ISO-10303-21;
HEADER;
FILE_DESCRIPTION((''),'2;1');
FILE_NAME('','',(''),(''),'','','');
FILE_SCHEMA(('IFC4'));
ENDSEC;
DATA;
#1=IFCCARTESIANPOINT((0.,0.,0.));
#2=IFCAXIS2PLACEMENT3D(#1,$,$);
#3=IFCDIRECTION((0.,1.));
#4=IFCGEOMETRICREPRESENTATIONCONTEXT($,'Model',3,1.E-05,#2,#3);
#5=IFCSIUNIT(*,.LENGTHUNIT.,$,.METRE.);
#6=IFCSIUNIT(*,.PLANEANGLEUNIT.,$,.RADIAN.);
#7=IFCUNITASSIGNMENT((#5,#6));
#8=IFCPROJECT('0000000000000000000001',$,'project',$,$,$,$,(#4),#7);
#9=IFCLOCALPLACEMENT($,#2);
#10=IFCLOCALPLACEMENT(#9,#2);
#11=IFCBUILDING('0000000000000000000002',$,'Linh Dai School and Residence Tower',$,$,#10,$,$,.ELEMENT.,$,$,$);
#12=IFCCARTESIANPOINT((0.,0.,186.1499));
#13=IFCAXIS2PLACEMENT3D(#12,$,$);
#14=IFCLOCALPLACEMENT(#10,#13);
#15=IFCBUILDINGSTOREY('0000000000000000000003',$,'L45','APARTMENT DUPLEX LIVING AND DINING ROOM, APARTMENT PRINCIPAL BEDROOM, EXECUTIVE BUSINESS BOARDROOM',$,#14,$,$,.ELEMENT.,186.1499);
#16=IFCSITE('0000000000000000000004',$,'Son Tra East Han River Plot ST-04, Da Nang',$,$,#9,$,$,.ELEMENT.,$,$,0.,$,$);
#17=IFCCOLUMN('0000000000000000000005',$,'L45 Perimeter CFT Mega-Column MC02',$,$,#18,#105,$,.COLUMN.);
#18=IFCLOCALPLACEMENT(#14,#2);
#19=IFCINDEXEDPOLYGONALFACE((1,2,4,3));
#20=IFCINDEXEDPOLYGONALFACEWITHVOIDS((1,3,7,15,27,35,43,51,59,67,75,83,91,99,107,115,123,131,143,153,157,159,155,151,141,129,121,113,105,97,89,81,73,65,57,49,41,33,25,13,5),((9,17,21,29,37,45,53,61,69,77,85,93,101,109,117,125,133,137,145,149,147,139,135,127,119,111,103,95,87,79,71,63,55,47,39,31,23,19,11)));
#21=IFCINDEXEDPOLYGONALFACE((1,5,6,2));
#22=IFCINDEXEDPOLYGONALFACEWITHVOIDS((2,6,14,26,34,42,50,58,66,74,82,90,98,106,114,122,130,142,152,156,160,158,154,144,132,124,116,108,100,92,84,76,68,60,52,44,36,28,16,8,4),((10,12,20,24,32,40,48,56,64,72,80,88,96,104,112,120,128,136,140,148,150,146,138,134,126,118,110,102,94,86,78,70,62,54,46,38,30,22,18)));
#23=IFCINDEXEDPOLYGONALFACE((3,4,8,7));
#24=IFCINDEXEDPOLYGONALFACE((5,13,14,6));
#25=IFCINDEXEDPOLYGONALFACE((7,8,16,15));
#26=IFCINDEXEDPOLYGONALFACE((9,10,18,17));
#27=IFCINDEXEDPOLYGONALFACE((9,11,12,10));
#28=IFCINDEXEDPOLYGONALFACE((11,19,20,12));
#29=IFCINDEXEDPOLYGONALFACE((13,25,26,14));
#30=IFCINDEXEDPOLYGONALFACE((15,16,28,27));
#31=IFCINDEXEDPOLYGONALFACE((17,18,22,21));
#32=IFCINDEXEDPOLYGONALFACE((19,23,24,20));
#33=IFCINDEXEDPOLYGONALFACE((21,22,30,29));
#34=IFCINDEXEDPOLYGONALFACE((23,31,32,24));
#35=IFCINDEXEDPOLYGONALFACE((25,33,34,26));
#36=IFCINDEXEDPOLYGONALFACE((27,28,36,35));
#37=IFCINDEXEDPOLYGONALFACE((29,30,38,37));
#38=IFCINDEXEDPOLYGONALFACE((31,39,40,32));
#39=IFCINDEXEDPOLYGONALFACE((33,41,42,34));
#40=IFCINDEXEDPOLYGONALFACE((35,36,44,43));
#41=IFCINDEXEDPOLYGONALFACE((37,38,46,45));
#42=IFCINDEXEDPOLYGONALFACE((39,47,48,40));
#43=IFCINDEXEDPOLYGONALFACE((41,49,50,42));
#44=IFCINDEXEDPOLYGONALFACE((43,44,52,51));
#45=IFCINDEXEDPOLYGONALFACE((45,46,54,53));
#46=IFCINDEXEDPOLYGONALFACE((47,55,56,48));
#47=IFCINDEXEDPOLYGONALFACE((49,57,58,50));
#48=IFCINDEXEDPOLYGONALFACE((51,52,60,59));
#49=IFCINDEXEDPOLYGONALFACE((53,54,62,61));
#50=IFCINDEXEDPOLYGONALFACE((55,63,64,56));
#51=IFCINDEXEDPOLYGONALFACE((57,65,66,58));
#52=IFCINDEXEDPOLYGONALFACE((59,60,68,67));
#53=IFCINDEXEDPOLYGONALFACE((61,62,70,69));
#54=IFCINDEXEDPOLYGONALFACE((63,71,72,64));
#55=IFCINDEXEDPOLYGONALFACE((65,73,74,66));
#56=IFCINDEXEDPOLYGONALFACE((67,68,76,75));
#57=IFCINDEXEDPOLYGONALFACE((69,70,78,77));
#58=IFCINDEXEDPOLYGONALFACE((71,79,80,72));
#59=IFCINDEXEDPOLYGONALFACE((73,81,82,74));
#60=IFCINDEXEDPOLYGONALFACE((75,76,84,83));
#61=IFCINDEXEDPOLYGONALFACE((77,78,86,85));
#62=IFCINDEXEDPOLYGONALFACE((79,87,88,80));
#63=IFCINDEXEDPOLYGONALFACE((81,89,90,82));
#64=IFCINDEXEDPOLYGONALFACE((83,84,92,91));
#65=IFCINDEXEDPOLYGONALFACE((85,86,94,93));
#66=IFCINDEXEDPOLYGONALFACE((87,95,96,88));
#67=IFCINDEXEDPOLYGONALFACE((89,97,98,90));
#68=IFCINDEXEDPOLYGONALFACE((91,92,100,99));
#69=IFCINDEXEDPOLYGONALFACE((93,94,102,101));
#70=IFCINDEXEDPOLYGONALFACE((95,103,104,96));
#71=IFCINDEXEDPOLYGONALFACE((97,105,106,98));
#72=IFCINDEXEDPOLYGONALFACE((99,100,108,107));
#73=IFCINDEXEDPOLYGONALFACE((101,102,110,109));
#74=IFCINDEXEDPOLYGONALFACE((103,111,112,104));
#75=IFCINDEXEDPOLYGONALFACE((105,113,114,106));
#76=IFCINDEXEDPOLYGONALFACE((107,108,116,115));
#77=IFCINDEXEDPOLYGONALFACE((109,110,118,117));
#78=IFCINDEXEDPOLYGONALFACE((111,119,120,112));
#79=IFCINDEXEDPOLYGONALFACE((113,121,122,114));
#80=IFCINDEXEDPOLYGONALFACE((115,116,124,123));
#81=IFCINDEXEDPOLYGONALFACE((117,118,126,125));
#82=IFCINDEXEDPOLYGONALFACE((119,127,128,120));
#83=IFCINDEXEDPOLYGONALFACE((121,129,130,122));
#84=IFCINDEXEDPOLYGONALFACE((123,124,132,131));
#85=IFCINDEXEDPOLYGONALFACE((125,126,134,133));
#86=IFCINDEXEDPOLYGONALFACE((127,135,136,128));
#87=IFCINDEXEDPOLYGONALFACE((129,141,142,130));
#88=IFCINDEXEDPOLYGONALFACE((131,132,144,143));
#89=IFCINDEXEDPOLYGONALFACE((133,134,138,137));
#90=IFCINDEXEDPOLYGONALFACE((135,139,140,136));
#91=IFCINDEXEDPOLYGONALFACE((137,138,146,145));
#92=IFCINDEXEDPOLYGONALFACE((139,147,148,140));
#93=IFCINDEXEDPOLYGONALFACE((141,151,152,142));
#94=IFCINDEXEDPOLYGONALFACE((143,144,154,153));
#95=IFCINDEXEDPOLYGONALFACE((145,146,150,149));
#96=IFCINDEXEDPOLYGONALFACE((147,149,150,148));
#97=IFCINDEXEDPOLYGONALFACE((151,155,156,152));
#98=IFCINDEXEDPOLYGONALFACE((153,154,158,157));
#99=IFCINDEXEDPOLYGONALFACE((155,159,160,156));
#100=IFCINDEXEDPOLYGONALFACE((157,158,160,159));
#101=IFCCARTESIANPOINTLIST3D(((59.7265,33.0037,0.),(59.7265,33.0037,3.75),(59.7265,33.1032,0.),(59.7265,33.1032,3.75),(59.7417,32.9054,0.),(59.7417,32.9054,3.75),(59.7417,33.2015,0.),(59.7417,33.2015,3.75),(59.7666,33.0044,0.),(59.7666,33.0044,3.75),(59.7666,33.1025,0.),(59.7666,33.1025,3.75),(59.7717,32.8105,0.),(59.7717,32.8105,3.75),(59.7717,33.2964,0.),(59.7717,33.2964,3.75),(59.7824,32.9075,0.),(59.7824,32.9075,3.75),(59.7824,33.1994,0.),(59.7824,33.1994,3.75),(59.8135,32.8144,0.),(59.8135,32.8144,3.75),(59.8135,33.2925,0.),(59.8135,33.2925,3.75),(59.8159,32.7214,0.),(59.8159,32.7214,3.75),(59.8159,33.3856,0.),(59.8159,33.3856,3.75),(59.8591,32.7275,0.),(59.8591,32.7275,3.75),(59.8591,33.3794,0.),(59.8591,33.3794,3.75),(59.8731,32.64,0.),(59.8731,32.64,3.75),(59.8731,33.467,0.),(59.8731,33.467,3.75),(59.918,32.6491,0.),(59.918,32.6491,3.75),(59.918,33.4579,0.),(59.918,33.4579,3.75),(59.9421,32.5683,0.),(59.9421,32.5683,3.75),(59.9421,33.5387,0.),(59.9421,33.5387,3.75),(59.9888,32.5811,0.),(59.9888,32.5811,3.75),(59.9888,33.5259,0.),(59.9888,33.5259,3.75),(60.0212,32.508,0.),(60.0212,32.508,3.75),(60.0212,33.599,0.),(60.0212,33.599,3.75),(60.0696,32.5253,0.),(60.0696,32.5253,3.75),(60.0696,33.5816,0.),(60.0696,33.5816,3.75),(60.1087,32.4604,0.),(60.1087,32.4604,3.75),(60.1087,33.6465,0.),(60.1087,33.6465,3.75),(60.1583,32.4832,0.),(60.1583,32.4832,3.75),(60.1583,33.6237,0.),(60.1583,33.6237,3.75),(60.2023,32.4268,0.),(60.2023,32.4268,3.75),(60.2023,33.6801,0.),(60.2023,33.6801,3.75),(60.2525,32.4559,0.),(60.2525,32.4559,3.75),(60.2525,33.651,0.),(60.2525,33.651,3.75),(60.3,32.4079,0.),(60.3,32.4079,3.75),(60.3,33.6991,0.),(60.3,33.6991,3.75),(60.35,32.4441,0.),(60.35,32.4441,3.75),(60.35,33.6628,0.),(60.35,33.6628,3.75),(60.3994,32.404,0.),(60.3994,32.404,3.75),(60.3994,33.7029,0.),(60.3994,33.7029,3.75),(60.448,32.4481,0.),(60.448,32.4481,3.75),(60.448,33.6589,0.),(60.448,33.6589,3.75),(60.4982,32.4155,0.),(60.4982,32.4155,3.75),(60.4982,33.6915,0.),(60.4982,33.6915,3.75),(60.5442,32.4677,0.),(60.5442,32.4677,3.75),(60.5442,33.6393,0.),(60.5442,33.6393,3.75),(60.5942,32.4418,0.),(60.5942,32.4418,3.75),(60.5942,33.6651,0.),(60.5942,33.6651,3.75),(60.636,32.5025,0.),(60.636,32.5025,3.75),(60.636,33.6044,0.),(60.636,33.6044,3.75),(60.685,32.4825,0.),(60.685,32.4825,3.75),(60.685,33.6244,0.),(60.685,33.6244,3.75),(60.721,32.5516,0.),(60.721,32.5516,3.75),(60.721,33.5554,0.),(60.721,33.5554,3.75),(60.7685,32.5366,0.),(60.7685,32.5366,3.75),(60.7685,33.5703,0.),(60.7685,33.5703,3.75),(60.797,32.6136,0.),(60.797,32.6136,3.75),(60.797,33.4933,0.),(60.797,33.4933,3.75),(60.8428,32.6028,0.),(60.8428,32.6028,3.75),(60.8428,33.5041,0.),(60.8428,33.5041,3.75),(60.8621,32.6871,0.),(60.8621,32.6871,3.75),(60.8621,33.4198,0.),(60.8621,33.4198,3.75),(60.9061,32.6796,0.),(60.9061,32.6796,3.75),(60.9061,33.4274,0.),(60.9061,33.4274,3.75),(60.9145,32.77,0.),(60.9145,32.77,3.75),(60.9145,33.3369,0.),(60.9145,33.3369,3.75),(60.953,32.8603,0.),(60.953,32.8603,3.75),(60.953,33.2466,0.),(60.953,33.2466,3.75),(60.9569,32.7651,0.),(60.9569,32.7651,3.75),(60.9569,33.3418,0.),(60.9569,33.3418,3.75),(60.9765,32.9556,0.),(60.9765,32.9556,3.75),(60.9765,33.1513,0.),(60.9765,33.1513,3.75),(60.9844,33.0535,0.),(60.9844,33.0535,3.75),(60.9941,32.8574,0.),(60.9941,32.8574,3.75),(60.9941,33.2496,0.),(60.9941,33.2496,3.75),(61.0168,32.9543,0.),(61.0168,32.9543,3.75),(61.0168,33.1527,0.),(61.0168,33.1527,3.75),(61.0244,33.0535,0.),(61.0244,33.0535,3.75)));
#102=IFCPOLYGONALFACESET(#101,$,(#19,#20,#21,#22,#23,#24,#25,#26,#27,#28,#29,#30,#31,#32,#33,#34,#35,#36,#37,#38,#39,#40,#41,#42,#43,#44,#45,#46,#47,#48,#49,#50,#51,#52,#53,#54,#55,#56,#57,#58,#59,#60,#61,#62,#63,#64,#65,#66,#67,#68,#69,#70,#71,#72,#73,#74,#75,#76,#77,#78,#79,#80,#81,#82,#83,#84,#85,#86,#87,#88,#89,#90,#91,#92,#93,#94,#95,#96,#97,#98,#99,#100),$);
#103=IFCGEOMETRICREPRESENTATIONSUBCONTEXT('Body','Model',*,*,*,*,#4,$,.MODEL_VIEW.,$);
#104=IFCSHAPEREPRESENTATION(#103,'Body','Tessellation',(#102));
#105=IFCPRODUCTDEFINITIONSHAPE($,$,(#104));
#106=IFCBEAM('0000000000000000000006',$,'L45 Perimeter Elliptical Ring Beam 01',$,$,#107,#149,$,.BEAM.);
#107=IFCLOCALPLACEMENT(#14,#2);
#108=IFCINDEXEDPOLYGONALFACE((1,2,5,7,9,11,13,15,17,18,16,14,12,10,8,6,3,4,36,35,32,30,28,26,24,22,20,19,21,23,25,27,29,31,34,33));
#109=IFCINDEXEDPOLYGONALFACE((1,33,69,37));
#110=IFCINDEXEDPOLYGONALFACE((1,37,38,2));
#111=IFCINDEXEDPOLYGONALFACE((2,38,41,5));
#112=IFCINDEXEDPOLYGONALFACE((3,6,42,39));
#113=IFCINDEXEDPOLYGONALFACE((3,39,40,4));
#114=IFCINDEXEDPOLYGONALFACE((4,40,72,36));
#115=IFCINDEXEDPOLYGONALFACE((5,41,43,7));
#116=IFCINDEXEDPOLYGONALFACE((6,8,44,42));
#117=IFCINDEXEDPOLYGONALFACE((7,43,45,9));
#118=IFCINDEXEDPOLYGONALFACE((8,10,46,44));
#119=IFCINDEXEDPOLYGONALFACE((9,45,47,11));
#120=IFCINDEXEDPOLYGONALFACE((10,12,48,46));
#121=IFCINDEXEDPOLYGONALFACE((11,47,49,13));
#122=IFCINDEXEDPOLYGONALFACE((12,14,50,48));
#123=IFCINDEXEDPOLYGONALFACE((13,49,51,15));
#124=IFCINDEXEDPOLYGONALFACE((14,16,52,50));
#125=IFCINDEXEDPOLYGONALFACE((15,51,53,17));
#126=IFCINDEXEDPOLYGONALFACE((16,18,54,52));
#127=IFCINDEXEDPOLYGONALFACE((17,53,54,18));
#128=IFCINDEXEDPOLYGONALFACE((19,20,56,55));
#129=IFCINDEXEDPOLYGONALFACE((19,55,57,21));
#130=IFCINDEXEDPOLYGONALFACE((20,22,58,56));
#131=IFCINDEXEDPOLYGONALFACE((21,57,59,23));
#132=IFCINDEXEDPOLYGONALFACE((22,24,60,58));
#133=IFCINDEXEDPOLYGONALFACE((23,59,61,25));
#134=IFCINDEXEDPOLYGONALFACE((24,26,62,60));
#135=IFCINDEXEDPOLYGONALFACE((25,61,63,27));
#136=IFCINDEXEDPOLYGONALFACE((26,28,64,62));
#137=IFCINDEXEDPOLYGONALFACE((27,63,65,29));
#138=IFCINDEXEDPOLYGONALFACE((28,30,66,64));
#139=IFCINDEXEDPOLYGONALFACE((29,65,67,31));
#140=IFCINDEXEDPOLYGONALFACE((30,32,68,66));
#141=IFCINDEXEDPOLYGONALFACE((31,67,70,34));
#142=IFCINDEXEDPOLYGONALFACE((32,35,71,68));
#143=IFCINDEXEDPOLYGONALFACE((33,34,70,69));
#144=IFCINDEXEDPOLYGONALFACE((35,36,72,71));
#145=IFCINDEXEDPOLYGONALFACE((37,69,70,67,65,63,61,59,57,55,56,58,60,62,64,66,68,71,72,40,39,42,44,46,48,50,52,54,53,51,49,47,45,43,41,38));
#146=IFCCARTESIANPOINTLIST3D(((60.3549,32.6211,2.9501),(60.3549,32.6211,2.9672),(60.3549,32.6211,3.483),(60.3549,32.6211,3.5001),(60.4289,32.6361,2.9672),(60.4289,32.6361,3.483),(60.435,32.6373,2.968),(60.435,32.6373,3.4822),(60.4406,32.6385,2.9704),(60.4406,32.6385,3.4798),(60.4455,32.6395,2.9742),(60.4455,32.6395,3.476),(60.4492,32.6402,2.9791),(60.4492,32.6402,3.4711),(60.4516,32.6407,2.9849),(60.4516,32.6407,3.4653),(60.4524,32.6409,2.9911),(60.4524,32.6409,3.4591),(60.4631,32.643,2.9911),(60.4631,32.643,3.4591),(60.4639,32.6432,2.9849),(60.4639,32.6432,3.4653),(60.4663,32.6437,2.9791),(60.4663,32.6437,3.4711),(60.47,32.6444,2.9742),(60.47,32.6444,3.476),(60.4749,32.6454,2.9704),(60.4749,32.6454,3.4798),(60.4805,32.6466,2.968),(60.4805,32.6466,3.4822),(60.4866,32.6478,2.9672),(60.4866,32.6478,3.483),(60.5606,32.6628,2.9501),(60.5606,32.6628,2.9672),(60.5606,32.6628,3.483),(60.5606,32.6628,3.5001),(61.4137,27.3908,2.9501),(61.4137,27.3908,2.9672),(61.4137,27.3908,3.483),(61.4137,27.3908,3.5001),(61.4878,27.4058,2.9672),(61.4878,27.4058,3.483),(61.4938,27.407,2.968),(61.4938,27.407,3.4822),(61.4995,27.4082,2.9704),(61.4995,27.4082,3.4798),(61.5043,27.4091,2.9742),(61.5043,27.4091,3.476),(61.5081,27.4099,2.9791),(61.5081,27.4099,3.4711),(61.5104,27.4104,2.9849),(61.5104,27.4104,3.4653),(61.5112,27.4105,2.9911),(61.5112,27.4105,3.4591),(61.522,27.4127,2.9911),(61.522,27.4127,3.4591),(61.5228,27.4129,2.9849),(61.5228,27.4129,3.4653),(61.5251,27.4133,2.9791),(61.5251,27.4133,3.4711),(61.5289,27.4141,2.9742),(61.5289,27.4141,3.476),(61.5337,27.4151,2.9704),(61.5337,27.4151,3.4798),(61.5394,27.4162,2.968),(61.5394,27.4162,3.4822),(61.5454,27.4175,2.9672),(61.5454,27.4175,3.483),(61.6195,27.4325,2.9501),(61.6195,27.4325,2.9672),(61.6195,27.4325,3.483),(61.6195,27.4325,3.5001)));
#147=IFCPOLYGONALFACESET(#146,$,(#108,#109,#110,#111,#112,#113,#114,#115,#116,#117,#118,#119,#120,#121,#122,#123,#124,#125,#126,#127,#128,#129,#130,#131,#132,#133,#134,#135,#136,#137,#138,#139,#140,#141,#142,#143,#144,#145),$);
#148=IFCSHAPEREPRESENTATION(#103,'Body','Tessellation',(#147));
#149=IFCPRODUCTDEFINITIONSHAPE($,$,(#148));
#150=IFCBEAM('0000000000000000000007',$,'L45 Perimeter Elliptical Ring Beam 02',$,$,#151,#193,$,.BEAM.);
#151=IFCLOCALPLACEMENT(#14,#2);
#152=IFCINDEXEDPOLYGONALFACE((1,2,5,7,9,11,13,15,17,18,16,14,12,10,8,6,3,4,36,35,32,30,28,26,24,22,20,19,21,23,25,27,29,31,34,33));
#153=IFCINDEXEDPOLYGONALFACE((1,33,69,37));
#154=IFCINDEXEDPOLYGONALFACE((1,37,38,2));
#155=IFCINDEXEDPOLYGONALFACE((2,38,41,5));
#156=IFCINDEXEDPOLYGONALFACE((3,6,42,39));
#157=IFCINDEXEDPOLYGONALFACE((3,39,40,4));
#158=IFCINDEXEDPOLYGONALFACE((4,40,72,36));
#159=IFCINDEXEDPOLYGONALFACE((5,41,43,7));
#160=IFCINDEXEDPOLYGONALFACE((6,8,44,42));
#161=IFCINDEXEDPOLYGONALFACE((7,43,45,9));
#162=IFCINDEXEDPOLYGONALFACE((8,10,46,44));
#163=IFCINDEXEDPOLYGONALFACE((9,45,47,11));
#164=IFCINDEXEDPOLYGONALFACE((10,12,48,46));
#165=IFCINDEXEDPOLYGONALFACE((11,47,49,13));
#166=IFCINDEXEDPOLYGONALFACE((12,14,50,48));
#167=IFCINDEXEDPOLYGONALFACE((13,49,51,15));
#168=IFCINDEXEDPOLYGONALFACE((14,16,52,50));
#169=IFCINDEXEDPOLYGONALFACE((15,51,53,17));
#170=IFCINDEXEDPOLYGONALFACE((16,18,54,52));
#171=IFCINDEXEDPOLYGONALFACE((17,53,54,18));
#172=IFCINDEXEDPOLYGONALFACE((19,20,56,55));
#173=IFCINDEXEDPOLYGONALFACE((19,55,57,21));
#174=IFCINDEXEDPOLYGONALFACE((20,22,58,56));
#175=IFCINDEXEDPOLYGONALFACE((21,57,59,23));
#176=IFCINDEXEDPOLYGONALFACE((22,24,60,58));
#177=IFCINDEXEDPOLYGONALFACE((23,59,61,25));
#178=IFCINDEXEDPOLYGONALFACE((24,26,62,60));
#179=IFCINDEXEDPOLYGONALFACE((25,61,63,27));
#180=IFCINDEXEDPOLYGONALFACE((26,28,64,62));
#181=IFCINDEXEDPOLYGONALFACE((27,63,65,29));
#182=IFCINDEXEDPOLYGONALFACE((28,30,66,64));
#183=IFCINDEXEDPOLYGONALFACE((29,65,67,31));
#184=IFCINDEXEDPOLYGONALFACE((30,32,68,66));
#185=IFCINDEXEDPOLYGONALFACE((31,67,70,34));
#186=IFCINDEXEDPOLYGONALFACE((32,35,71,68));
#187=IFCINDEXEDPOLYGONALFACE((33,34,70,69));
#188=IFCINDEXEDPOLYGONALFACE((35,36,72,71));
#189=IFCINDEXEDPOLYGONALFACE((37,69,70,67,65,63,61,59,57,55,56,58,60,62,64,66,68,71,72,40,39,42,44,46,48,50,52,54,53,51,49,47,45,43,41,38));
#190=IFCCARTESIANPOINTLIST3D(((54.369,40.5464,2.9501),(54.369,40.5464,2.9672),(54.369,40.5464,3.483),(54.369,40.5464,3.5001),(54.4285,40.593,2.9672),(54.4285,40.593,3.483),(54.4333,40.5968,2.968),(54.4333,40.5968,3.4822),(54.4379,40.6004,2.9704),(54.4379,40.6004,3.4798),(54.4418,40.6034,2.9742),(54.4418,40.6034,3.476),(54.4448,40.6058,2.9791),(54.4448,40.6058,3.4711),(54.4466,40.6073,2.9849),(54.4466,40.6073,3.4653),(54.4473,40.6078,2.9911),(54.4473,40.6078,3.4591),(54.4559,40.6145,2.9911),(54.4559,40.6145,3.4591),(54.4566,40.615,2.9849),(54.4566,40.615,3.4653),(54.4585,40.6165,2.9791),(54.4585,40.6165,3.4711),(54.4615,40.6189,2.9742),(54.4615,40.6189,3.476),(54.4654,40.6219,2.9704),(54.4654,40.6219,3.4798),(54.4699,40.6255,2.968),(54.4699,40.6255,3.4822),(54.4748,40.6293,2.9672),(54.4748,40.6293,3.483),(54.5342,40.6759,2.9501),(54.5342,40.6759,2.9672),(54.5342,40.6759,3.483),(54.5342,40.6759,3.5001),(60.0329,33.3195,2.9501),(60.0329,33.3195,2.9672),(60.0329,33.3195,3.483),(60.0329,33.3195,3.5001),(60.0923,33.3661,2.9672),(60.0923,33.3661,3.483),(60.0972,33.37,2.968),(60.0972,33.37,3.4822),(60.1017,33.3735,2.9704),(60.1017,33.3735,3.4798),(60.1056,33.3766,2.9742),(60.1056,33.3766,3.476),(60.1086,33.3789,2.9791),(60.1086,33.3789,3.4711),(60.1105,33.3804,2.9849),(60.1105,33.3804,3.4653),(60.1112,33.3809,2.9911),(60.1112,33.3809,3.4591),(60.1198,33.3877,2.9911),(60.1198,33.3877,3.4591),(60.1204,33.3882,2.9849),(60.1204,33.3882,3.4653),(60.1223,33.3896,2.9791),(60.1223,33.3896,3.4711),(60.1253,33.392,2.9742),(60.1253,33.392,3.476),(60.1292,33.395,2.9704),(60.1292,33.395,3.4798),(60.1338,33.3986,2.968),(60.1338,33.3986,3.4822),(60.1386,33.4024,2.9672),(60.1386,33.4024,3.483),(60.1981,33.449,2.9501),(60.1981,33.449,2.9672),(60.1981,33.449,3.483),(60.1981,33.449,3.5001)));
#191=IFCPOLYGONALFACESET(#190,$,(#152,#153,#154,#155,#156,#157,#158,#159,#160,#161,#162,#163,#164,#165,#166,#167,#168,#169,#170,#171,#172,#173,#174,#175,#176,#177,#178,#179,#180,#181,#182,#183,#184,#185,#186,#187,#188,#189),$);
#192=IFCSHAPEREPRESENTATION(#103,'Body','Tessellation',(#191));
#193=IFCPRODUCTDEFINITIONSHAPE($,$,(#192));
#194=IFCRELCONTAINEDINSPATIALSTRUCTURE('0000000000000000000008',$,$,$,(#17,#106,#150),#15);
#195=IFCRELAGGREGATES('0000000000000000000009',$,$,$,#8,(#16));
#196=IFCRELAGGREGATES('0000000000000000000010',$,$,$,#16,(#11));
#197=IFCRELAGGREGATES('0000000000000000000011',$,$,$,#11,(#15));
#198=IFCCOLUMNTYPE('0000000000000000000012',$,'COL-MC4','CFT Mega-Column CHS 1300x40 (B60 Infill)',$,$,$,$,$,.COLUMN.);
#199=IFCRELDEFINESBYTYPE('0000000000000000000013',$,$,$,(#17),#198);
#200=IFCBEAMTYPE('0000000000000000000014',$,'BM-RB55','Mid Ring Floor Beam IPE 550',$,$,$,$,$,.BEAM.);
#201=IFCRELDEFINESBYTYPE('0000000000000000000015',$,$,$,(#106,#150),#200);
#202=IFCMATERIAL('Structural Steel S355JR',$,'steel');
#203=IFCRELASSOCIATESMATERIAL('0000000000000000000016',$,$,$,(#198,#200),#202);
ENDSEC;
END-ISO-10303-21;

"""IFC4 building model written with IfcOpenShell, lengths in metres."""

from ifc_helpers import new_model, si_unit, direction, frame, origin, origin_2d, place, context, subcontext, project, spatial, hollow_circle, i_section, extrude, material, material_profile, profile_set, type_object, element, save


model = new_model("IFC4")

# Units and contexts
model_context = context("Model", 3, precision=1e-05, world=origin(), true_north=direction((0.0, 1.0)))
body_context = subcontext(model_context, "Body", "Model", "MODEL_VIEW")
ifc_project = project(units=[si_unit("LENGTHUNIT", "METRE"), si_unit("PLANEANGLEUNIT", "RADIAN")], contexts=[model_context])

# Site, building, storey
site_placement = place(None, origin())
site = spatial("IfcSite", under=ifc_project, at=site_placement, Name="Son Tra East Han River Plot ST-04, Da Nang", CompositionType="ELEMENT", RefElevation=0.0)
building_placement = place(site_placement, origin())
building = spatial("IfcBuilding", under=site, at=building_placement, Name="Linh Dai School and Residence Tower", CompositionType="ELEMENT")
storey_placement = place(building_placement, frame((0.0, 0.0, 186.1499)))
storey = spatial("IfcBuildingStorey", under=building, at=storey_placement, Name="L45", Description="APARTMENT DUPLEX LIVING AND DINING ROOM, APARTMENT PRINCIPAL BEDROOM, EXECUTIVE BUSINESS BOARDROOM", CompositionType="ELEMENT", Elevation=186.1499)

# Column
ifc_material_1 = material(Name="Structural Steel S355JR", Category="steel")
ifc_material_profile_1 = material_profile(ifc_material_1, hollow_circle(Radius=0.6499, WallThickness=0.04, at=origin_2d()), Name="CHS 1300x40")
ifc_profile_set_1 = profile_set([ifc_material_profile_1], Name="Structural Steel S355JR")
column_type = type_object("IfcColumnType", Name="COL-MC4", Description="CFT Mega-Column CHS 1300x40 (B60 Infill)", PredefinedType="COLUMN", material=ifc_profile_set_1)
column_placement = place(storey_placement, frame((60.3745, 33.0535, 0.0), z_axis=(0.0, 0.0, 1.0), x_axis=(1.0, 0.0, 0.0)))
element("IfcColumn", 1, at=column_placement, inside=storey, type_object=column_type, Name="L45 Perimeter CFT Mega-Column MC02", PredefinedType="COLUMN", context=body_context, shape_type="SweptSolid", body=[
    extrude(hollow_circle(Radius=0.6499, WallThickness=0.04, at=origin_2d()), origin(), (0.0, 0.0, 1.0), 3.75),
])

# Beams
ifc_material_profile_2 = material_profile(ifc_material_1, i_section(OverallWidth=0.21, OverallDepth=0.55, WebThickness=0.011, FlangeThickness=0.0171, FilletRadius=0.0239, at=origin_2d()), Name="IPE 550")
ifc_profile_set_2 = profile_set([ifc_material_profile_2], Name="Structural Steel S355JR")
beam_type_1 = type_object("IfcBeamType", Name="BM-RB55", Description="Mid Ring Floor Beam IPE 550", PredefinedType="BEAM", material=ifc_profile_set_2)
beam_1_placement = place(storey_placement, frame((61.5166, 27.4116, 3.2251), z_axis=(-0.198421, 0.980117, 0.0), x_axis=(-0.980117, -0.198421, 0.0)))
element("IfcBeam", 2, at=beam_1_placement, inside=storey, type_object=beam_type_1, Name="L45 Perimeter Elliptical Ring Beam 01", PredefinedType="BEAM", context=body_context, shape_type="SweptSolid", body=[
    extrude(i_section(OverallWidth=0.21, OverallDepth=0.55, WebThickness=0.011, FlangeThickness=0.0171, FilletRadius=0.0239, at=origin_2d()), origin(), (0.0, 0.0, 1.0), 5.3364),
])
beam_2_placement = place(storey_placement, frame((60.1155, 33.3843, 3.2251), z_axis=(-0.616852, 0.787079, 0.0), x_axis=(-0.787079, -0.616852, 0.0)))
element("IfcBeam", 3, at=beam_2_placement, inside=storey, type_object=beam_type_1, Name="L45 Perimeter Elliptical Ring Beam 02", PredefinedType="BEAM", context=body_context, shape_type="SweptSolid", body=[
    extrude(i_section(OverallWidth=0.21, OverallDepth=0.55, WebThickness=0.011, FlangeThickness=0.0171, FilletRadius=0.0239, at=origin_2d()), origin(), (0.0, 0.0, 1.0), 9.1819),
])

save(model, "model.ifc")
